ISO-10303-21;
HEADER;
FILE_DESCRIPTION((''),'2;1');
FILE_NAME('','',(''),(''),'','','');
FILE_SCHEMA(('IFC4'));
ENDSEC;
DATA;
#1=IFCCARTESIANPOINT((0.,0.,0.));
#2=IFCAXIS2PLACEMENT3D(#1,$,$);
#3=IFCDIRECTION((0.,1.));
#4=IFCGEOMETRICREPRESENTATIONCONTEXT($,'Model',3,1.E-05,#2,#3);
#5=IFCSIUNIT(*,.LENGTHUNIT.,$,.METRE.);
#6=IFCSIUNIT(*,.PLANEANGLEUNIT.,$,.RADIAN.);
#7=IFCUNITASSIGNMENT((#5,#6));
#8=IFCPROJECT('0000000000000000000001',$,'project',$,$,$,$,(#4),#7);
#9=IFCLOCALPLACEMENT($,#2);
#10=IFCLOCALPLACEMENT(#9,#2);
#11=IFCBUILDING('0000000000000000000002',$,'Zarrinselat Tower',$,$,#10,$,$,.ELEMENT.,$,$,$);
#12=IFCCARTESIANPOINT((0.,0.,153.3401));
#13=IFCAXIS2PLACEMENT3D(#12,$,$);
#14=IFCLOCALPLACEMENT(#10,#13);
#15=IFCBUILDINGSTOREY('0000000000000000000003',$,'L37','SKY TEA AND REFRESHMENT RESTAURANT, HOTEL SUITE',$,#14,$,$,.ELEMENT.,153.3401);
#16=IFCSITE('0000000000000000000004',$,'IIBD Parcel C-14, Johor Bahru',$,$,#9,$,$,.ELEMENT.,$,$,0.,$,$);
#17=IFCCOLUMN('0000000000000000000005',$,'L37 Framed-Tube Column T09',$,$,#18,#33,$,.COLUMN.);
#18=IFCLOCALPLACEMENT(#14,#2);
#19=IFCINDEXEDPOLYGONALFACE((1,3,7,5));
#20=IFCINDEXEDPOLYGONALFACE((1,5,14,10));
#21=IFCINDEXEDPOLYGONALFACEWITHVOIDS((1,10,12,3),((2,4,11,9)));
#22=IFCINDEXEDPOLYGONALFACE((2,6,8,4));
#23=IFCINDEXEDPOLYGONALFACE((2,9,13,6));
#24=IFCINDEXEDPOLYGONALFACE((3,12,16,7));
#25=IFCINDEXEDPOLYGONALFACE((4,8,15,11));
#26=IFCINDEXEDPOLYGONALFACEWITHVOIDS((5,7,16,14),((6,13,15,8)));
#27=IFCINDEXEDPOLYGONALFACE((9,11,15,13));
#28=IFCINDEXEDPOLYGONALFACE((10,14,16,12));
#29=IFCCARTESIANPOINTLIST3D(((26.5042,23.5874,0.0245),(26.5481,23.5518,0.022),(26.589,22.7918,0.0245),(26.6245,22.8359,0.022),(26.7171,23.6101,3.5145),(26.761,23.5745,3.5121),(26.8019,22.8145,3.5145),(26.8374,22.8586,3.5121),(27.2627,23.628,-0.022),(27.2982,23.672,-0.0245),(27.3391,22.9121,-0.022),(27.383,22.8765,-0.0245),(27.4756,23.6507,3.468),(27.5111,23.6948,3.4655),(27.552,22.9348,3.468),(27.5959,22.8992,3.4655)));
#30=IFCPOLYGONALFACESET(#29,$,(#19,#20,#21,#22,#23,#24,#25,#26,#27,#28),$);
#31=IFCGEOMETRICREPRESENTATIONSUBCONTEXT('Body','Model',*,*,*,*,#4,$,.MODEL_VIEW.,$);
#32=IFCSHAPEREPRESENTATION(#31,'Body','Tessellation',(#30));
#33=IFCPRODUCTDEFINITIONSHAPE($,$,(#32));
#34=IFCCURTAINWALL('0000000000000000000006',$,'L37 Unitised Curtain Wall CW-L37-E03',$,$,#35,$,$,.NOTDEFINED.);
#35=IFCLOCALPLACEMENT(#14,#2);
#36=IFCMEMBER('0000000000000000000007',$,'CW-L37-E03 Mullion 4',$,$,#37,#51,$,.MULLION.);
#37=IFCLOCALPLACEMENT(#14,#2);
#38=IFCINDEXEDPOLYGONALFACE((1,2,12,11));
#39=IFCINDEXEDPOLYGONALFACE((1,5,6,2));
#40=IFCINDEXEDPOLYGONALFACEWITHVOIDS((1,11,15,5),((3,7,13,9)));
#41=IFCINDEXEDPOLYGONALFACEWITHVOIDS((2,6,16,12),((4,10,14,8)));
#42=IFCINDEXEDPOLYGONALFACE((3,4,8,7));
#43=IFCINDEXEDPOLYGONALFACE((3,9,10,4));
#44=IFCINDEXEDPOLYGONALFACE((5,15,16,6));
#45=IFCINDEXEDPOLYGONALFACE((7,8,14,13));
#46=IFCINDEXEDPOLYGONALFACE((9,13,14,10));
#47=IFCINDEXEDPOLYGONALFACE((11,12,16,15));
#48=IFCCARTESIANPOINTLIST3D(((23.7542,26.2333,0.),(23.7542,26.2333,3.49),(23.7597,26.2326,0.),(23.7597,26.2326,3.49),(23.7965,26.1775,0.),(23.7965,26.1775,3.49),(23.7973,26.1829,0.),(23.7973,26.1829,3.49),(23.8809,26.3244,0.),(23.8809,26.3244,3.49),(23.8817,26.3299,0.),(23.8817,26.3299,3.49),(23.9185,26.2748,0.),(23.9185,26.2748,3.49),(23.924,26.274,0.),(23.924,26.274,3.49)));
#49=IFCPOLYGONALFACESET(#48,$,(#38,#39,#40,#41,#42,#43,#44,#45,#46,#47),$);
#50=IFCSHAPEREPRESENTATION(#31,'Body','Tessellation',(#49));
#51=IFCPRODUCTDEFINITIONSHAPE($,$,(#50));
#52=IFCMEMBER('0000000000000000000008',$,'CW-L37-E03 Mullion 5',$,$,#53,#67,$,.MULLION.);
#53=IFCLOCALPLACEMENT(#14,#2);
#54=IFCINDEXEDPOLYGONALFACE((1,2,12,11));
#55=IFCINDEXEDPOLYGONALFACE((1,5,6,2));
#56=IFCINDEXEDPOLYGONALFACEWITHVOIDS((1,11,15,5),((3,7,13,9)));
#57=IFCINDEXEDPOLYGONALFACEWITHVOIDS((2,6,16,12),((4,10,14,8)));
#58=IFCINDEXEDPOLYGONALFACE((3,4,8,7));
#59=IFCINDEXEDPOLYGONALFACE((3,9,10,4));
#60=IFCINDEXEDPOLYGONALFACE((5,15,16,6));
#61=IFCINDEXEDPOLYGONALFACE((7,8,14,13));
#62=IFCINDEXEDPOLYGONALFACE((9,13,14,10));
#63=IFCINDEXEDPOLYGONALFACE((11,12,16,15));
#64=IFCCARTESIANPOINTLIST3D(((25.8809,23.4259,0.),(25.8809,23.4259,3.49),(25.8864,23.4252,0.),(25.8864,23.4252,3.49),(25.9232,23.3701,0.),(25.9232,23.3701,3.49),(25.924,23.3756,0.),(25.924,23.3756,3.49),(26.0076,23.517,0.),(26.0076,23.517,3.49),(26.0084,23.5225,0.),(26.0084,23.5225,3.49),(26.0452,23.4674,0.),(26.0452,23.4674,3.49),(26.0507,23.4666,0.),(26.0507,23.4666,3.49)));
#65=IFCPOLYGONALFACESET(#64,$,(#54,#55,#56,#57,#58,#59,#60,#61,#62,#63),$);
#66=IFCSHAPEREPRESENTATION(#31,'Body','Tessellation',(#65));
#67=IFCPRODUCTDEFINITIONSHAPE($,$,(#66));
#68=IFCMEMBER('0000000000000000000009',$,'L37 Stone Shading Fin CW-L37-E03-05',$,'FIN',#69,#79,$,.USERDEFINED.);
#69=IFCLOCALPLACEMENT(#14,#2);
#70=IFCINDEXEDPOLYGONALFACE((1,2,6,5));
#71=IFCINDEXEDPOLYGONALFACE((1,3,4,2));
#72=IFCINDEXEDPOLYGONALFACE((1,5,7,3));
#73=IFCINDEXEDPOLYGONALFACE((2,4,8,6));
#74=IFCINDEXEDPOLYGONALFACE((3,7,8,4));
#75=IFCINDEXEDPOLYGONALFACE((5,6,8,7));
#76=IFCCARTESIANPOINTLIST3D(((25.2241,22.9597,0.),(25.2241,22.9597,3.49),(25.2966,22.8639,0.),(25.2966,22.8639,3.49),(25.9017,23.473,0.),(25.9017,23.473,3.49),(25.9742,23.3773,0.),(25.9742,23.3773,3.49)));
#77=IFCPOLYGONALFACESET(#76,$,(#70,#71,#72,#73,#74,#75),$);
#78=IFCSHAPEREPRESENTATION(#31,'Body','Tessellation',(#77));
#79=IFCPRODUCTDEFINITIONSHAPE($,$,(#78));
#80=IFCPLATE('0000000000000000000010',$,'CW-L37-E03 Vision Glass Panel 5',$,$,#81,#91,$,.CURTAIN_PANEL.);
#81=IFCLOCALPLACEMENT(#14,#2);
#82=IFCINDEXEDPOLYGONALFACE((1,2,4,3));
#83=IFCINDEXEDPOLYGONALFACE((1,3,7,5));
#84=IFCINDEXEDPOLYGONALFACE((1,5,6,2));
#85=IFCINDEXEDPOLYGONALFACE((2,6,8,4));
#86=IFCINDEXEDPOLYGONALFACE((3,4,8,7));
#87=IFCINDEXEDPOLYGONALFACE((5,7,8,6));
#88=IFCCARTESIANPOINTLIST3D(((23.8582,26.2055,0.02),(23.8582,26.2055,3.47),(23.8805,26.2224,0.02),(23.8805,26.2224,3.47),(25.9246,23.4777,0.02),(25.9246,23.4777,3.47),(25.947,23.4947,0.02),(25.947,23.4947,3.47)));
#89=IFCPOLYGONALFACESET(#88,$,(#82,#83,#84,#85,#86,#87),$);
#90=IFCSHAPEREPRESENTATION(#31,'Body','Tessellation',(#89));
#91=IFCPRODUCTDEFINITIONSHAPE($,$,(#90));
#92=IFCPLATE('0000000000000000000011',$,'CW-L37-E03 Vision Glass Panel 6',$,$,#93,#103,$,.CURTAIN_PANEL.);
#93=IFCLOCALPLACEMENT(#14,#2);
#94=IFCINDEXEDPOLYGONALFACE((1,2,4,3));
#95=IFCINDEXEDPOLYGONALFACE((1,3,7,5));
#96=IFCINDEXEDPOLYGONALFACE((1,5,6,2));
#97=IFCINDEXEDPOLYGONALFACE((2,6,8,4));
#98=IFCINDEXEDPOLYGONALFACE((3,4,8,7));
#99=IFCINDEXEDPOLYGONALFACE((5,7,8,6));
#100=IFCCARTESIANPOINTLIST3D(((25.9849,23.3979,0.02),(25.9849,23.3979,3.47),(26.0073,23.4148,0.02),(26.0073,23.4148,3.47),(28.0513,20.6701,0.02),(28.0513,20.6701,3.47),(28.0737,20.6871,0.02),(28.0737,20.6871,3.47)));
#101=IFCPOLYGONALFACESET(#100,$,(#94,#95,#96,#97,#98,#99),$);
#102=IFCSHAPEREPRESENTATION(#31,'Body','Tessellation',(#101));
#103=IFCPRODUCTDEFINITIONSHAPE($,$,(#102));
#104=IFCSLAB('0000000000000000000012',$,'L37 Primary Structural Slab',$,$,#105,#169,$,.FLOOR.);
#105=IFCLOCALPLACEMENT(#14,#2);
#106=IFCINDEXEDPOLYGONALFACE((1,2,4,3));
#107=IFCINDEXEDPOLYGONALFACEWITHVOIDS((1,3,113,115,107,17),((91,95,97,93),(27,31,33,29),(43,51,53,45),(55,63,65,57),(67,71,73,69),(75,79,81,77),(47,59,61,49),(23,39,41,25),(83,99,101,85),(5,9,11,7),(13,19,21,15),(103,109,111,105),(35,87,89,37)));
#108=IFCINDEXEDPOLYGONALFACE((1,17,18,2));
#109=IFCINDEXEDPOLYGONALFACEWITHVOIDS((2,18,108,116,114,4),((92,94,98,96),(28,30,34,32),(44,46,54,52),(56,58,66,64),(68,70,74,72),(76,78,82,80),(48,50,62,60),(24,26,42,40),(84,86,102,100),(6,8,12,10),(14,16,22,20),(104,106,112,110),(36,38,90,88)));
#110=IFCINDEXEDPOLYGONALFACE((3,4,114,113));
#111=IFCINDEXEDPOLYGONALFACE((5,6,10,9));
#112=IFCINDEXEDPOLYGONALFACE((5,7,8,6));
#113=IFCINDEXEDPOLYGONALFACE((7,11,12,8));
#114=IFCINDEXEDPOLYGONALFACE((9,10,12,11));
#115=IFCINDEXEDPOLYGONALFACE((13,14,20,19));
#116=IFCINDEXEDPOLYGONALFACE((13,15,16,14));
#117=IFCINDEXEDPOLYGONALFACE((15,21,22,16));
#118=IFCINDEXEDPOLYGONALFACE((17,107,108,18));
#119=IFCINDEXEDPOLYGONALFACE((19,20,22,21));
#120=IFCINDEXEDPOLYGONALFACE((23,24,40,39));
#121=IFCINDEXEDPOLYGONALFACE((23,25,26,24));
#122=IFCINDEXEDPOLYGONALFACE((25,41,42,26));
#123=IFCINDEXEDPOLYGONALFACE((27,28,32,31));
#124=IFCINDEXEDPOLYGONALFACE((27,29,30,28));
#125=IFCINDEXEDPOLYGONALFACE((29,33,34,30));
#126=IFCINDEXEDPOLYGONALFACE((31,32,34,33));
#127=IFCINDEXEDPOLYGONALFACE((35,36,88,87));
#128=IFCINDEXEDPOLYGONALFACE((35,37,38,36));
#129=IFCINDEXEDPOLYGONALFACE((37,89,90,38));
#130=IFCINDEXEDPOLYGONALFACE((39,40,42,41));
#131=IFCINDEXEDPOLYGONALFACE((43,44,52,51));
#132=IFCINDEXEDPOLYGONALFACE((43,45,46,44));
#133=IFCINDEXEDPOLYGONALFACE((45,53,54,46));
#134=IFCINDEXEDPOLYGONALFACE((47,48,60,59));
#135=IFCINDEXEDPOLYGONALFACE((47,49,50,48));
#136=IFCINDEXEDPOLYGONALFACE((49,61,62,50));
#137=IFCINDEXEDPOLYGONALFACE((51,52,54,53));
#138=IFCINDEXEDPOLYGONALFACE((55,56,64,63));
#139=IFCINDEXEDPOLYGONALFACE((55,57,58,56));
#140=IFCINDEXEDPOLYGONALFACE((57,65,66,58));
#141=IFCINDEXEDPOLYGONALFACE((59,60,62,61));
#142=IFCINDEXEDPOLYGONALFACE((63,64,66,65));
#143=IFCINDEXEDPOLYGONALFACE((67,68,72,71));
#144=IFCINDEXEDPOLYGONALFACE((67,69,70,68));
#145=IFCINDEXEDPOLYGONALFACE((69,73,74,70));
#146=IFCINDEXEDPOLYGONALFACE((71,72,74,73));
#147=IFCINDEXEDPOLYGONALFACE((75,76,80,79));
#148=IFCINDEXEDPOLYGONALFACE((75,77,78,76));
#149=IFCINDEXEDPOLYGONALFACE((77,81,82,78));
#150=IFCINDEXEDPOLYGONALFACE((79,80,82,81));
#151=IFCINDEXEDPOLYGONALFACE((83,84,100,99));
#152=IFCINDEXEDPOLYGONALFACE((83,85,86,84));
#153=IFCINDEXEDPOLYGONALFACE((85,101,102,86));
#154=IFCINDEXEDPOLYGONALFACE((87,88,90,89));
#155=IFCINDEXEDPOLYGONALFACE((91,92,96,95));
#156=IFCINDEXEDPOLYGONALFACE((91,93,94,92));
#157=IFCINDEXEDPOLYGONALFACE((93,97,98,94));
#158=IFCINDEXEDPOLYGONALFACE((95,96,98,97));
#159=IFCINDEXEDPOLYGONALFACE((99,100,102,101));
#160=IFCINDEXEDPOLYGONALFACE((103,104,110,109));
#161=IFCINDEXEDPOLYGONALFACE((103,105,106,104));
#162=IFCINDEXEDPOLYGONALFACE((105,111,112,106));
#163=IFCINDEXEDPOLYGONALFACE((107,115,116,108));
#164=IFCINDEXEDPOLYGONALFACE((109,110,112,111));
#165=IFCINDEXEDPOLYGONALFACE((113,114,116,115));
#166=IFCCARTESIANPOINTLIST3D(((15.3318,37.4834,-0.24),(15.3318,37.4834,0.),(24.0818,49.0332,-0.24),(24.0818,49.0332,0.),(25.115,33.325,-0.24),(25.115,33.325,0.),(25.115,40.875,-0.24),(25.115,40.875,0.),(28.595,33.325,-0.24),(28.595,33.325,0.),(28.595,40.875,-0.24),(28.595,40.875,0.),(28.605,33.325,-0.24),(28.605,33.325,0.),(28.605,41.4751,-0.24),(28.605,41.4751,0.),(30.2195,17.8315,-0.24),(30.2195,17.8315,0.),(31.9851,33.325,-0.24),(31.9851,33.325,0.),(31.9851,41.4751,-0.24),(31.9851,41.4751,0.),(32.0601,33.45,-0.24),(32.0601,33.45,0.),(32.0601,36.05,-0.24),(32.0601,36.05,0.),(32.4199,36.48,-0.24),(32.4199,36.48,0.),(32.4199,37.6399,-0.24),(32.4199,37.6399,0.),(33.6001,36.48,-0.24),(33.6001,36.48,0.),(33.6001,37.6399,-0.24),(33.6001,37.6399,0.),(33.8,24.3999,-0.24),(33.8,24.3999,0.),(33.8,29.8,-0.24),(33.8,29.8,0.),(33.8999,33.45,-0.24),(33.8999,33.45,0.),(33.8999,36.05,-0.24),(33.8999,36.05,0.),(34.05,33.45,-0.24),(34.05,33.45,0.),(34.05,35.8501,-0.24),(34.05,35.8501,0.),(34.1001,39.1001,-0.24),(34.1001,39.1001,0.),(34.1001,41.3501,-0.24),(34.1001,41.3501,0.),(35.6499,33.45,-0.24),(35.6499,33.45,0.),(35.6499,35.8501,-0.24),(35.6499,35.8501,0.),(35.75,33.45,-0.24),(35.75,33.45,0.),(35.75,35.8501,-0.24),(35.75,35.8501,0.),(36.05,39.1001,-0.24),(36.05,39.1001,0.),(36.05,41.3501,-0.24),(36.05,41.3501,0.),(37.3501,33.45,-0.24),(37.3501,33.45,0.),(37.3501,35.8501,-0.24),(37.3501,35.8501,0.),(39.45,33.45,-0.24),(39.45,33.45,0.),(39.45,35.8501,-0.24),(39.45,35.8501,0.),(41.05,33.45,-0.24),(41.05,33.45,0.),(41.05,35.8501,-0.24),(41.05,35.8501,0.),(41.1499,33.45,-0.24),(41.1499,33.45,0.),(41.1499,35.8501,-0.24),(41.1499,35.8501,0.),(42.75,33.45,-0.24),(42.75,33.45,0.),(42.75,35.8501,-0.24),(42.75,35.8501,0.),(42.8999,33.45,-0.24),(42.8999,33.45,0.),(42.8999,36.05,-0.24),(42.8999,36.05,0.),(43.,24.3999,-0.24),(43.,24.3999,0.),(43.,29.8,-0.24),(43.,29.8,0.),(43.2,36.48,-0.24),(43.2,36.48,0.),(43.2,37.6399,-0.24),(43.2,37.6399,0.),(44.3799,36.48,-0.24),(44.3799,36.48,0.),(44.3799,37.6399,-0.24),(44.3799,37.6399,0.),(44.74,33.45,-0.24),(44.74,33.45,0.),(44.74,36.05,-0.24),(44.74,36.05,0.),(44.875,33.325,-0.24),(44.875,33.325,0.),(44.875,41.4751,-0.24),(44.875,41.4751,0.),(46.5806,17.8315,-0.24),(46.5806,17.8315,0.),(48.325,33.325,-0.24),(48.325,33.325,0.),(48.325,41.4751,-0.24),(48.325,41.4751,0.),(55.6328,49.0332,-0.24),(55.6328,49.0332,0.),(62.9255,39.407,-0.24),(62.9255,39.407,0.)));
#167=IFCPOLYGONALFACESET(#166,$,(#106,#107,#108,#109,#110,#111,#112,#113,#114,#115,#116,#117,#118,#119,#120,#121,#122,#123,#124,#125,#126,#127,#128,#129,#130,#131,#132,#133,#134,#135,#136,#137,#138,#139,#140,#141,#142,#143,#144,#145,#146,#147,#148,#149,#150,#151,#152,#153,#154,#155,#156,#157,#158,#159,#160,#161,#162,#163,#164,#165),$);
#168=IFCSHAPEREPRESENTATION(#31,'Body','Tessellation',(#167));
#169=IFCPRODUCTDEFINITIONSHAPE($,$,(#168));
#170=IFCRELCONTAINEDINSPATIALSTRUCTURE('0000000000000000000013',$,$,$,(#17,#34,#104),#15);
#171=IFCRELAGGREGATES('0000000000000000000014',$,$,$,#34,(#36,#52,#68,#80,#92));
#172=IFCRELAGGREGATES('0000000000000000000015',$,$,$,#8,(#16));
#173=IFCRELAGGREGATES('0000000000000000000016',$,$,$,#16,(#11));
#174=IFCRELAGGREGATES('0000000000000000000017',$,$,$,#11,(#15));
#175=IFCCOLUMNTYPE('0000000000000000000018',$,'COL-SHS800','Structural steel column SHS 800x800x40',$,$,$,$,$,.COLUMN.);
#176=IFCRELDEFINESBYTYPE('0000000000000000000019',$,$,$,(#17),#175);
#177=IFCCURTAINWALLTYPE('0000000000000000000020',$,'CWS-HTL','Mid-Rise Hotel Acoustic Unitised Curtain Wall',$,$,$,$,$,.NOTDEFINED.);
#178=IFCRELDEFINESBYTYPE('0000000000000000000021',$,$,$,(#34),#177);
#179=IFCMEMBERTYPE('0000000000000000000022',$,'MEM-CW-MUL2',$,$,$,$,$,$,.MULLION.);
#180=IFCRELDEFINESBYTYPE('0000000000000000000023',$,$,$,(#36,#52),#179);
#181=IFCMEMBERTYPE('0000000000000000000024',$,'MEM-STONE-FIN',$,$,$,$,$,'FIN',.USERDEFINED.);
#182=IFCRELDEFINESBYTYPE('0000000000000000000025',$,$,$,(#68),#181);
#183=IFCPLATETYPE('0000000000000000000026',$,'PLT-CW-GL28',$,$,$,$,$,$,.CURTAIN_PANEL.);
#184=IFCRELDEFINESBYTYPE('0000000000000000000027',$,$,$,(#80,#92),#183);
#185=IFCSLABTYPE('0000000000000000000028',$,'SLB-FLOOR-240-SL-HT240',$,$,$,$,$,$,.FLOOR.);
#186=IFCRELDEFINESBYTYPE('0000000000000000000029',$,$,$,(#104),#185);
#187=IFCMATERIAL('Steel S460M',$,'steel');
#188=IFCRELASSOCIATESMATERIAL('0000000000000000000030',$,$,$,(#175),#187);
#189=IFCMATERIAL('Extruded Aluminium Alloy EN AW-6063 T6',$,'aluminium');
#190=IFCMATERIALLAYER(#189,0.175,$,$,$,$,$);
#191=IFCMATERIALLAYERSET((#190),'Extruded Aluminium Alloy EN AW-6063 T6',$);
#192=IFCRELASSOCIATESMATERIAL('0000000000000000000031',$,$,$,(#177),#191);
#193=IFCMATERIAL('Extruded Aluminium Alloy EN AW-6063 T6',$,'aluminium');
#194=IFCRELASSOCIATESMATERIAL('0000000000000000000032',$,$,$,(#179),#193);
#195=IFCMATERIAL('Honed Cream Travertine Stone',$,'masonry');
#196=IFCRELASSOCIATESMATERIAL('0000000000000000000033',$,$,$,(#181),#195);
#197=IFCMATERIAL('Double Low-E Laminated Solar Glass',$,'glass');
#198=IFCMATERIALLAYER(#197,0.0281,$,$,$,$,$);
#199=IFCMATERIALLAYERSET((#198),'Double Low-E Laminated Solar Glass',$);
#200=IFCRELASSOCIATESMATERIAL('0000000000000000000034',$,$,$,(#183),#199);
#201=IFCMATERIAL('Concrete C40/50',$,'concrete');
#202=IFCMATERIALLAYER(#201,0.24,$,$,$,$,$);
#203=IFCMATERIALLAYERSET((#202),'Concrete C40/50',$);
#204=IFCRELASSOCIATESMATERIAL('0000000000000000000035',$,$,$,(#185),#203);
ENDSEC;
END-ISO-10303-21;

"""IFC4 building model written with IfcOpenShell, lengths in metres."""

from ifc_helpers import new_model, si_unit, direction, frame, origin, origin_2d, place, context, subcontext, project, spatial, polyline, rectangle, hollow_rectangle, outline, extrude, material, layer, layer_set, material_profile, profile_set, type_object, element, aggregate, save


model = new_model("IFC4")

# Units and contexts
model_context = context("Model", 3, precision=1e-05, world=origin(), true_north=direction((0.0, 1.0)))
body_context = subcontext(model_context, "Body", "Model", "MODEL_VIEW")
ifc_project = project(units=[si_unit("LENGTHUNIT", "METRE"), si_unit("PLANEANGLEUNIT", "RADIAN")], contexts=[model_context])

# Site, building, storey
site_placement = place(None, origin())
site = spatial("IfcSite", under=ifc_project, at=site_placement, Name="IIBD Parcel C-14, Johor Bahru", CompositionType="ELEMENT", RefElevation=0.0)
building_placement = place(site_placement, origin())
building = spatial("IfcBuilding", under=site, at=building_placement, Name="Zarrinselat Tower", CompositionType="ELEMENT")
storey_placement = place(building_placement, frame((0.0, 0.0, 153.3401)))
storey = spatial("IfcBuildingStorey", under=building, at=storey_placement, Name="L37", Description="SKY TEA AND REFRESHMENT RESTAURANT, HOTEL SUITE", CompositionType="ELEMENT", Elevation=153.3401)

# Column
ifc_material_1 = material(Name="Steel S460M", Category="steel")
ifc_material_profile_1 = material_profile(ifc_material_1, hollow_rectangle(XDim=0.8, YDim=0.8, WallThickness=0.04, at=origin_2d()), Name="SHS 800x800x40")
ifc_profile_set_1 = profile_set([ifc_material_profile_1], Name="Steel S460M")
column_type = type_object("IfcColumnType", Name="COL-SHS800", Description="Structural steel column SHS 800x800x40", PredefinedType="COLUMN", material=ifc_profile_set_1)
column_placement = place(storey_placement, frame((26.9436, 23.2319, 0.0), z_axis=(0.060886, 0.006494, 0.998124), x_axis=(-0.10605, 0.994361, 0.0)))
element("IfcColumn", 1, at=column_placement, inside=storey, type_object=column_type, Name="L37 Framed-Tube Column T09", PredefinedType="COLUMN", context=body_context, shape_type="SweptSolid", body=[
    extrude(hollow_rectangle(XDim=0.8, YDim=0.8, WallThickness=0.04, at=origin_2d()), origin(), (0.0, 0.0, 1.0), 3.4966),
])

# Curtain wall, members, plates
ifc_material_2 = material(Name="Extruded Aluminium Alloy EN AW-6063 T6", Category="aluminium")
ifc_layer_1 = layer(ifc_material_2, 0.175)
ifc_layer_set_1 = layer_set([ifc_layer_1], Name="Extruded Aluminium Alloy EN AW-6063 T6")
curtain_wall_type = type_object("IfcCurtainWallType", Name="CWS-HTL", Description="Mid-Rise Hotel Acoustic Unitised Curtain Wall", PredefinedType="NOTDEFINED", material=ifc_layer_set_1)
curtain_wall_placement = place(storey_placement, origin())
curtain_wall = element("IfcCurtainWall", 2, at=curtain_wall_placement, inside=storey, type_object=curtain_wall_type, Name="L37 Unitised Curtain Wall CW-L37-E03", PredefinedType="NOTDEFINED")
ifc_material_3 = material(Name="Extruded Aluminium Alloy EN AW-6063 T6", Category="aluminium")
ifc_material_profile_2 = material_profile(ifc_material_3, hollow_rectangle(XDim=0.0701, YDim=0.1599, WallThickness=0.0039, at=origin_2d()), Name="RHS 160x70x4")
ifc_profile_set_2 = profile_set([ifc_material_profile_2], Name="Extruded Aluminium Alloy EN AW-6063 T6")
member_type_1 = type_object("IfcMemberType", Name="MEM-CW-MUL2", PredefinedType="MULLION", material=ifc_profile_set_2)
member_1_placement = place(storey_placement, frame((23.8391, 26.2537, 0.0), z_axis=(0.0, 0.0, 1.0), x_axis=(0.603857, -0.797093, 0.0)))
member_1 = element("IfcMember", 3, at=member_1_placement, type_object=member_type_1, Name="CW-L37-E03 Mullion 4", PredefinedType="MULLION", context=body_context, shape_type="SweptSolid", body=[
    extrude(hollow_rectangle(XDim=0.0701, YDim=0.1599, WallThickness=0.0039, at=origin_2d()), origin(), (0.0, 0.0, 1.0), 3.49),
])
member_2_placement = place(storey_placement, frame((25.9658, 23.4463, 0.0), z_axis=(0.0, 0.0, 1.0), x_axis=(0.603857, -0.797093, 0.0)))
member_2 = element("IfcMember", 4, at=member_2_placement, type_object=member_type_1, Name="CW-L37-E03 Mullion 5", PredefinedType="MULLION", context=body_context, shape_type="SweptSolid", body=[
    extrude(hollow_rectangle(XDim=0.0701, YDim=0.1599, WallThickness=0.0039, at=origin_2d()), origin(), (0.0, 0.0, 1.0), 3.49),
])
ifc_material_4 = material(Name="Honed Cream Travertine Stone", Category="masonry")
ifc_material_profile_3 = material_profile(ifc_material_4, rectangle(XDim=0.1201, YDim=0.8501, at=origin_2d()), Name="FIN 850x120")
ifc_profile_set_3 = profile_set([ifc_material_profile_3], Name="Honed Cream Travertine Stone")
member_type_2 = type_object("IfcMemberType", Name="MEM-STONE-FIN", ElementType="FIN", PredefinedType="USERDEFINED", material=ifc_profile_set_3)
member_3_placement = place(storey_placement, frame((25.5991, 23.1685, 0.0), z_axis=(0.0, 0.0, 1.0), x_axis=(-0.603857, 0.797093, 0.0)))
member_3 = element("IfcMember", 5, at=member_3_placement, type_object=member_type_2, Name="L37 Stone Shading Fin CW-L37-E03-05", ObjectType="FIN", PredefinedType="USERDEFINED", context=body_context, shape_type="SweptSolid", body=[
    extrude(rectangle(XDim=0.1201, YDim=0.8501, at=origin_2d()), origin(), (0.0, 0.0, 1.0), 3.49),
])
ifc_material_5 = material(Name="Double Low-E Laminated Solar Glass", Category="glass")
ifc_layer_2 = layer(ifc_material_5, 0.0281)
ifc_layer_set_2 = layer_set([ifc_layer_2], Name="Double Low-E Laminated Solar Glass")
plate_type = type_object("IfcPlateType", Name="PLT-CW-GL28", PredefinedType="CURTAIN_PANEL", material=ifc_layer_set_2)
plate_1_placement = place(storey_placement, frame((24.9026, 24.8501, 0.02), z_axis=(0.0, 0.0, 1.0), x_axis=(0.603857, -0.797093, 0.0)))
plate_1 = element("IfcPlate", 6, at=plate_1_placement, type_object=plate_type, Name="CW-L37-E03 Vision Glass Panel 5", PredefinedType="CURTAIN_PANEL", context=body_context, shape_type="SweptSolid", body=[
    extrude(rectangle(XDim=3.4221, YDim=0.0281, at=origin_2d()), origin(), (0.0, 0.0, 1.0), 3.45),
])
plate_2_placement = place(storey_placement, frame((27.0293, 22.0425, 0.02), z_axis=(0.0, 0.0, 1.0), x_axis=(0.603857, -0.797093, 0.0)))
plate_2 = element("IfcPlate", 7, at=plate_2_placement, type_object=plate_type, Name="CW-L37-E03 Vision Glass Panel 6", PredefinedType="CURTAIN_PANEL", context=body_context, shape_type="SweptSolid", body=[
    extrude(rectangle(XDim=3.4221, YDim=0.0281, at=origin_2d()), origin(), (0.0, 0.0, 1.0), 3.45),
])
aggregate(curtain_wall, [member_1, member_2, member_3, plate_1, plate_2])

# Slab
ifc_material_6 = material(Name="Concrete C40/50", Category="concrete")
ifc_layer_3 = layer(ifc_material_6, 0.24)
ifc_layer_set_3 = layer_set([ifc_layer_3], Name="Concrete C40/50")
slab_type_1 = type_object("IfcSlabType", Name="SLB-FLOOR-240-SL-HT240", PredefinedType="FLOOR", material=ifc_layer_set_3)
slab_1_placement = place(storey_placement, frame((0.0, 0.0, -0.24)))
element("IfcSlab", 8, at=slab_1_placement, inside=storey, type_object=slab_type_1, Name="L37 Primary Structural Slab", PredefinedType="FLOOR", context=body_context, shape_type="SweptSolid", body=[
    extrude(outline(polyline([(55.6328, 49.0332), (24.0818, 49.0332), (15.3318, 37.4834), (30.2195, 17.8315), (46.5806, 17.8315), (62.9255, 39.407), (55.6328, 49.0332)]), holes=[polyline([(35.6499, 33.45), (34.05, 33.45), (34.05, 35.8501), (35.6499, 35.8501), (35.6499, 33.45)]), polyline([(35.75, 33.45), (35.75, 35.8501), (37.3501, 35.8501), (37.3501, 33.45), (35.75, 33.45)]), polyline([(32.0601, 33.45), (32.0601, 36.05), (33.8999, 36.05), (33.8999, 33.45), (32.0601, 33.45)]), polyline([(33.6001, 36.48), (32.4199, 36.48), (32.4199, 37.6399), (33.6001, 37.6399), (33.6001, 36.48)]), polyline([(28.595, 33.325), (25.115, 33.325), (25.115, 40.875), (28.595, 40.875), (28.595, 33.325)]), polyline([(31.9851, 33.325), (28.605, 33.325), (28.605, 41.4751), (31.9851, 41.4751), (31.9851, 33.325)]), polyline([(36.05, 39.1001), (34.1001, 39.1001), (34.1001, 41.3501), (36.05, 41.3501), (36.05, 39.1001)]), polyline([(33.8, 24.3999), (33.8, 29.8), (43.0, 29.8), (43.0, 24.3999), (33.8, 24.3999)]), polyline([(39.45, 33.45), (39.45, 35.8501), (41.05, 35.8501), (41.05, 33.45), (39.45, 33.45)]), polyline([(41.1499, 33.45), (41.1499, 35.8501), (42.75, 35.8501), (42.75, 33.45), (41.1499, 33.45)]), polyline([(42.8999, 33.45), (42.8999, 36.05), (44.74, 36.05), (44.74, 33.45), (42.8999, 33.45)]), polyline([(43.2, 36.48), (43.2, 37.6399), (44.3799, 37.6399), (44.3799, 36.48), (43.2, 36.48)]), polyline([(48.325, 33.325), (44.875, 33.325), (44.875, 41.4751), (48.325, 41.4751), (48.325, 33.325)])]), origin(), (0.0, 0.0, 1.0), 0.24),
])

save(model, "model.ifc")
